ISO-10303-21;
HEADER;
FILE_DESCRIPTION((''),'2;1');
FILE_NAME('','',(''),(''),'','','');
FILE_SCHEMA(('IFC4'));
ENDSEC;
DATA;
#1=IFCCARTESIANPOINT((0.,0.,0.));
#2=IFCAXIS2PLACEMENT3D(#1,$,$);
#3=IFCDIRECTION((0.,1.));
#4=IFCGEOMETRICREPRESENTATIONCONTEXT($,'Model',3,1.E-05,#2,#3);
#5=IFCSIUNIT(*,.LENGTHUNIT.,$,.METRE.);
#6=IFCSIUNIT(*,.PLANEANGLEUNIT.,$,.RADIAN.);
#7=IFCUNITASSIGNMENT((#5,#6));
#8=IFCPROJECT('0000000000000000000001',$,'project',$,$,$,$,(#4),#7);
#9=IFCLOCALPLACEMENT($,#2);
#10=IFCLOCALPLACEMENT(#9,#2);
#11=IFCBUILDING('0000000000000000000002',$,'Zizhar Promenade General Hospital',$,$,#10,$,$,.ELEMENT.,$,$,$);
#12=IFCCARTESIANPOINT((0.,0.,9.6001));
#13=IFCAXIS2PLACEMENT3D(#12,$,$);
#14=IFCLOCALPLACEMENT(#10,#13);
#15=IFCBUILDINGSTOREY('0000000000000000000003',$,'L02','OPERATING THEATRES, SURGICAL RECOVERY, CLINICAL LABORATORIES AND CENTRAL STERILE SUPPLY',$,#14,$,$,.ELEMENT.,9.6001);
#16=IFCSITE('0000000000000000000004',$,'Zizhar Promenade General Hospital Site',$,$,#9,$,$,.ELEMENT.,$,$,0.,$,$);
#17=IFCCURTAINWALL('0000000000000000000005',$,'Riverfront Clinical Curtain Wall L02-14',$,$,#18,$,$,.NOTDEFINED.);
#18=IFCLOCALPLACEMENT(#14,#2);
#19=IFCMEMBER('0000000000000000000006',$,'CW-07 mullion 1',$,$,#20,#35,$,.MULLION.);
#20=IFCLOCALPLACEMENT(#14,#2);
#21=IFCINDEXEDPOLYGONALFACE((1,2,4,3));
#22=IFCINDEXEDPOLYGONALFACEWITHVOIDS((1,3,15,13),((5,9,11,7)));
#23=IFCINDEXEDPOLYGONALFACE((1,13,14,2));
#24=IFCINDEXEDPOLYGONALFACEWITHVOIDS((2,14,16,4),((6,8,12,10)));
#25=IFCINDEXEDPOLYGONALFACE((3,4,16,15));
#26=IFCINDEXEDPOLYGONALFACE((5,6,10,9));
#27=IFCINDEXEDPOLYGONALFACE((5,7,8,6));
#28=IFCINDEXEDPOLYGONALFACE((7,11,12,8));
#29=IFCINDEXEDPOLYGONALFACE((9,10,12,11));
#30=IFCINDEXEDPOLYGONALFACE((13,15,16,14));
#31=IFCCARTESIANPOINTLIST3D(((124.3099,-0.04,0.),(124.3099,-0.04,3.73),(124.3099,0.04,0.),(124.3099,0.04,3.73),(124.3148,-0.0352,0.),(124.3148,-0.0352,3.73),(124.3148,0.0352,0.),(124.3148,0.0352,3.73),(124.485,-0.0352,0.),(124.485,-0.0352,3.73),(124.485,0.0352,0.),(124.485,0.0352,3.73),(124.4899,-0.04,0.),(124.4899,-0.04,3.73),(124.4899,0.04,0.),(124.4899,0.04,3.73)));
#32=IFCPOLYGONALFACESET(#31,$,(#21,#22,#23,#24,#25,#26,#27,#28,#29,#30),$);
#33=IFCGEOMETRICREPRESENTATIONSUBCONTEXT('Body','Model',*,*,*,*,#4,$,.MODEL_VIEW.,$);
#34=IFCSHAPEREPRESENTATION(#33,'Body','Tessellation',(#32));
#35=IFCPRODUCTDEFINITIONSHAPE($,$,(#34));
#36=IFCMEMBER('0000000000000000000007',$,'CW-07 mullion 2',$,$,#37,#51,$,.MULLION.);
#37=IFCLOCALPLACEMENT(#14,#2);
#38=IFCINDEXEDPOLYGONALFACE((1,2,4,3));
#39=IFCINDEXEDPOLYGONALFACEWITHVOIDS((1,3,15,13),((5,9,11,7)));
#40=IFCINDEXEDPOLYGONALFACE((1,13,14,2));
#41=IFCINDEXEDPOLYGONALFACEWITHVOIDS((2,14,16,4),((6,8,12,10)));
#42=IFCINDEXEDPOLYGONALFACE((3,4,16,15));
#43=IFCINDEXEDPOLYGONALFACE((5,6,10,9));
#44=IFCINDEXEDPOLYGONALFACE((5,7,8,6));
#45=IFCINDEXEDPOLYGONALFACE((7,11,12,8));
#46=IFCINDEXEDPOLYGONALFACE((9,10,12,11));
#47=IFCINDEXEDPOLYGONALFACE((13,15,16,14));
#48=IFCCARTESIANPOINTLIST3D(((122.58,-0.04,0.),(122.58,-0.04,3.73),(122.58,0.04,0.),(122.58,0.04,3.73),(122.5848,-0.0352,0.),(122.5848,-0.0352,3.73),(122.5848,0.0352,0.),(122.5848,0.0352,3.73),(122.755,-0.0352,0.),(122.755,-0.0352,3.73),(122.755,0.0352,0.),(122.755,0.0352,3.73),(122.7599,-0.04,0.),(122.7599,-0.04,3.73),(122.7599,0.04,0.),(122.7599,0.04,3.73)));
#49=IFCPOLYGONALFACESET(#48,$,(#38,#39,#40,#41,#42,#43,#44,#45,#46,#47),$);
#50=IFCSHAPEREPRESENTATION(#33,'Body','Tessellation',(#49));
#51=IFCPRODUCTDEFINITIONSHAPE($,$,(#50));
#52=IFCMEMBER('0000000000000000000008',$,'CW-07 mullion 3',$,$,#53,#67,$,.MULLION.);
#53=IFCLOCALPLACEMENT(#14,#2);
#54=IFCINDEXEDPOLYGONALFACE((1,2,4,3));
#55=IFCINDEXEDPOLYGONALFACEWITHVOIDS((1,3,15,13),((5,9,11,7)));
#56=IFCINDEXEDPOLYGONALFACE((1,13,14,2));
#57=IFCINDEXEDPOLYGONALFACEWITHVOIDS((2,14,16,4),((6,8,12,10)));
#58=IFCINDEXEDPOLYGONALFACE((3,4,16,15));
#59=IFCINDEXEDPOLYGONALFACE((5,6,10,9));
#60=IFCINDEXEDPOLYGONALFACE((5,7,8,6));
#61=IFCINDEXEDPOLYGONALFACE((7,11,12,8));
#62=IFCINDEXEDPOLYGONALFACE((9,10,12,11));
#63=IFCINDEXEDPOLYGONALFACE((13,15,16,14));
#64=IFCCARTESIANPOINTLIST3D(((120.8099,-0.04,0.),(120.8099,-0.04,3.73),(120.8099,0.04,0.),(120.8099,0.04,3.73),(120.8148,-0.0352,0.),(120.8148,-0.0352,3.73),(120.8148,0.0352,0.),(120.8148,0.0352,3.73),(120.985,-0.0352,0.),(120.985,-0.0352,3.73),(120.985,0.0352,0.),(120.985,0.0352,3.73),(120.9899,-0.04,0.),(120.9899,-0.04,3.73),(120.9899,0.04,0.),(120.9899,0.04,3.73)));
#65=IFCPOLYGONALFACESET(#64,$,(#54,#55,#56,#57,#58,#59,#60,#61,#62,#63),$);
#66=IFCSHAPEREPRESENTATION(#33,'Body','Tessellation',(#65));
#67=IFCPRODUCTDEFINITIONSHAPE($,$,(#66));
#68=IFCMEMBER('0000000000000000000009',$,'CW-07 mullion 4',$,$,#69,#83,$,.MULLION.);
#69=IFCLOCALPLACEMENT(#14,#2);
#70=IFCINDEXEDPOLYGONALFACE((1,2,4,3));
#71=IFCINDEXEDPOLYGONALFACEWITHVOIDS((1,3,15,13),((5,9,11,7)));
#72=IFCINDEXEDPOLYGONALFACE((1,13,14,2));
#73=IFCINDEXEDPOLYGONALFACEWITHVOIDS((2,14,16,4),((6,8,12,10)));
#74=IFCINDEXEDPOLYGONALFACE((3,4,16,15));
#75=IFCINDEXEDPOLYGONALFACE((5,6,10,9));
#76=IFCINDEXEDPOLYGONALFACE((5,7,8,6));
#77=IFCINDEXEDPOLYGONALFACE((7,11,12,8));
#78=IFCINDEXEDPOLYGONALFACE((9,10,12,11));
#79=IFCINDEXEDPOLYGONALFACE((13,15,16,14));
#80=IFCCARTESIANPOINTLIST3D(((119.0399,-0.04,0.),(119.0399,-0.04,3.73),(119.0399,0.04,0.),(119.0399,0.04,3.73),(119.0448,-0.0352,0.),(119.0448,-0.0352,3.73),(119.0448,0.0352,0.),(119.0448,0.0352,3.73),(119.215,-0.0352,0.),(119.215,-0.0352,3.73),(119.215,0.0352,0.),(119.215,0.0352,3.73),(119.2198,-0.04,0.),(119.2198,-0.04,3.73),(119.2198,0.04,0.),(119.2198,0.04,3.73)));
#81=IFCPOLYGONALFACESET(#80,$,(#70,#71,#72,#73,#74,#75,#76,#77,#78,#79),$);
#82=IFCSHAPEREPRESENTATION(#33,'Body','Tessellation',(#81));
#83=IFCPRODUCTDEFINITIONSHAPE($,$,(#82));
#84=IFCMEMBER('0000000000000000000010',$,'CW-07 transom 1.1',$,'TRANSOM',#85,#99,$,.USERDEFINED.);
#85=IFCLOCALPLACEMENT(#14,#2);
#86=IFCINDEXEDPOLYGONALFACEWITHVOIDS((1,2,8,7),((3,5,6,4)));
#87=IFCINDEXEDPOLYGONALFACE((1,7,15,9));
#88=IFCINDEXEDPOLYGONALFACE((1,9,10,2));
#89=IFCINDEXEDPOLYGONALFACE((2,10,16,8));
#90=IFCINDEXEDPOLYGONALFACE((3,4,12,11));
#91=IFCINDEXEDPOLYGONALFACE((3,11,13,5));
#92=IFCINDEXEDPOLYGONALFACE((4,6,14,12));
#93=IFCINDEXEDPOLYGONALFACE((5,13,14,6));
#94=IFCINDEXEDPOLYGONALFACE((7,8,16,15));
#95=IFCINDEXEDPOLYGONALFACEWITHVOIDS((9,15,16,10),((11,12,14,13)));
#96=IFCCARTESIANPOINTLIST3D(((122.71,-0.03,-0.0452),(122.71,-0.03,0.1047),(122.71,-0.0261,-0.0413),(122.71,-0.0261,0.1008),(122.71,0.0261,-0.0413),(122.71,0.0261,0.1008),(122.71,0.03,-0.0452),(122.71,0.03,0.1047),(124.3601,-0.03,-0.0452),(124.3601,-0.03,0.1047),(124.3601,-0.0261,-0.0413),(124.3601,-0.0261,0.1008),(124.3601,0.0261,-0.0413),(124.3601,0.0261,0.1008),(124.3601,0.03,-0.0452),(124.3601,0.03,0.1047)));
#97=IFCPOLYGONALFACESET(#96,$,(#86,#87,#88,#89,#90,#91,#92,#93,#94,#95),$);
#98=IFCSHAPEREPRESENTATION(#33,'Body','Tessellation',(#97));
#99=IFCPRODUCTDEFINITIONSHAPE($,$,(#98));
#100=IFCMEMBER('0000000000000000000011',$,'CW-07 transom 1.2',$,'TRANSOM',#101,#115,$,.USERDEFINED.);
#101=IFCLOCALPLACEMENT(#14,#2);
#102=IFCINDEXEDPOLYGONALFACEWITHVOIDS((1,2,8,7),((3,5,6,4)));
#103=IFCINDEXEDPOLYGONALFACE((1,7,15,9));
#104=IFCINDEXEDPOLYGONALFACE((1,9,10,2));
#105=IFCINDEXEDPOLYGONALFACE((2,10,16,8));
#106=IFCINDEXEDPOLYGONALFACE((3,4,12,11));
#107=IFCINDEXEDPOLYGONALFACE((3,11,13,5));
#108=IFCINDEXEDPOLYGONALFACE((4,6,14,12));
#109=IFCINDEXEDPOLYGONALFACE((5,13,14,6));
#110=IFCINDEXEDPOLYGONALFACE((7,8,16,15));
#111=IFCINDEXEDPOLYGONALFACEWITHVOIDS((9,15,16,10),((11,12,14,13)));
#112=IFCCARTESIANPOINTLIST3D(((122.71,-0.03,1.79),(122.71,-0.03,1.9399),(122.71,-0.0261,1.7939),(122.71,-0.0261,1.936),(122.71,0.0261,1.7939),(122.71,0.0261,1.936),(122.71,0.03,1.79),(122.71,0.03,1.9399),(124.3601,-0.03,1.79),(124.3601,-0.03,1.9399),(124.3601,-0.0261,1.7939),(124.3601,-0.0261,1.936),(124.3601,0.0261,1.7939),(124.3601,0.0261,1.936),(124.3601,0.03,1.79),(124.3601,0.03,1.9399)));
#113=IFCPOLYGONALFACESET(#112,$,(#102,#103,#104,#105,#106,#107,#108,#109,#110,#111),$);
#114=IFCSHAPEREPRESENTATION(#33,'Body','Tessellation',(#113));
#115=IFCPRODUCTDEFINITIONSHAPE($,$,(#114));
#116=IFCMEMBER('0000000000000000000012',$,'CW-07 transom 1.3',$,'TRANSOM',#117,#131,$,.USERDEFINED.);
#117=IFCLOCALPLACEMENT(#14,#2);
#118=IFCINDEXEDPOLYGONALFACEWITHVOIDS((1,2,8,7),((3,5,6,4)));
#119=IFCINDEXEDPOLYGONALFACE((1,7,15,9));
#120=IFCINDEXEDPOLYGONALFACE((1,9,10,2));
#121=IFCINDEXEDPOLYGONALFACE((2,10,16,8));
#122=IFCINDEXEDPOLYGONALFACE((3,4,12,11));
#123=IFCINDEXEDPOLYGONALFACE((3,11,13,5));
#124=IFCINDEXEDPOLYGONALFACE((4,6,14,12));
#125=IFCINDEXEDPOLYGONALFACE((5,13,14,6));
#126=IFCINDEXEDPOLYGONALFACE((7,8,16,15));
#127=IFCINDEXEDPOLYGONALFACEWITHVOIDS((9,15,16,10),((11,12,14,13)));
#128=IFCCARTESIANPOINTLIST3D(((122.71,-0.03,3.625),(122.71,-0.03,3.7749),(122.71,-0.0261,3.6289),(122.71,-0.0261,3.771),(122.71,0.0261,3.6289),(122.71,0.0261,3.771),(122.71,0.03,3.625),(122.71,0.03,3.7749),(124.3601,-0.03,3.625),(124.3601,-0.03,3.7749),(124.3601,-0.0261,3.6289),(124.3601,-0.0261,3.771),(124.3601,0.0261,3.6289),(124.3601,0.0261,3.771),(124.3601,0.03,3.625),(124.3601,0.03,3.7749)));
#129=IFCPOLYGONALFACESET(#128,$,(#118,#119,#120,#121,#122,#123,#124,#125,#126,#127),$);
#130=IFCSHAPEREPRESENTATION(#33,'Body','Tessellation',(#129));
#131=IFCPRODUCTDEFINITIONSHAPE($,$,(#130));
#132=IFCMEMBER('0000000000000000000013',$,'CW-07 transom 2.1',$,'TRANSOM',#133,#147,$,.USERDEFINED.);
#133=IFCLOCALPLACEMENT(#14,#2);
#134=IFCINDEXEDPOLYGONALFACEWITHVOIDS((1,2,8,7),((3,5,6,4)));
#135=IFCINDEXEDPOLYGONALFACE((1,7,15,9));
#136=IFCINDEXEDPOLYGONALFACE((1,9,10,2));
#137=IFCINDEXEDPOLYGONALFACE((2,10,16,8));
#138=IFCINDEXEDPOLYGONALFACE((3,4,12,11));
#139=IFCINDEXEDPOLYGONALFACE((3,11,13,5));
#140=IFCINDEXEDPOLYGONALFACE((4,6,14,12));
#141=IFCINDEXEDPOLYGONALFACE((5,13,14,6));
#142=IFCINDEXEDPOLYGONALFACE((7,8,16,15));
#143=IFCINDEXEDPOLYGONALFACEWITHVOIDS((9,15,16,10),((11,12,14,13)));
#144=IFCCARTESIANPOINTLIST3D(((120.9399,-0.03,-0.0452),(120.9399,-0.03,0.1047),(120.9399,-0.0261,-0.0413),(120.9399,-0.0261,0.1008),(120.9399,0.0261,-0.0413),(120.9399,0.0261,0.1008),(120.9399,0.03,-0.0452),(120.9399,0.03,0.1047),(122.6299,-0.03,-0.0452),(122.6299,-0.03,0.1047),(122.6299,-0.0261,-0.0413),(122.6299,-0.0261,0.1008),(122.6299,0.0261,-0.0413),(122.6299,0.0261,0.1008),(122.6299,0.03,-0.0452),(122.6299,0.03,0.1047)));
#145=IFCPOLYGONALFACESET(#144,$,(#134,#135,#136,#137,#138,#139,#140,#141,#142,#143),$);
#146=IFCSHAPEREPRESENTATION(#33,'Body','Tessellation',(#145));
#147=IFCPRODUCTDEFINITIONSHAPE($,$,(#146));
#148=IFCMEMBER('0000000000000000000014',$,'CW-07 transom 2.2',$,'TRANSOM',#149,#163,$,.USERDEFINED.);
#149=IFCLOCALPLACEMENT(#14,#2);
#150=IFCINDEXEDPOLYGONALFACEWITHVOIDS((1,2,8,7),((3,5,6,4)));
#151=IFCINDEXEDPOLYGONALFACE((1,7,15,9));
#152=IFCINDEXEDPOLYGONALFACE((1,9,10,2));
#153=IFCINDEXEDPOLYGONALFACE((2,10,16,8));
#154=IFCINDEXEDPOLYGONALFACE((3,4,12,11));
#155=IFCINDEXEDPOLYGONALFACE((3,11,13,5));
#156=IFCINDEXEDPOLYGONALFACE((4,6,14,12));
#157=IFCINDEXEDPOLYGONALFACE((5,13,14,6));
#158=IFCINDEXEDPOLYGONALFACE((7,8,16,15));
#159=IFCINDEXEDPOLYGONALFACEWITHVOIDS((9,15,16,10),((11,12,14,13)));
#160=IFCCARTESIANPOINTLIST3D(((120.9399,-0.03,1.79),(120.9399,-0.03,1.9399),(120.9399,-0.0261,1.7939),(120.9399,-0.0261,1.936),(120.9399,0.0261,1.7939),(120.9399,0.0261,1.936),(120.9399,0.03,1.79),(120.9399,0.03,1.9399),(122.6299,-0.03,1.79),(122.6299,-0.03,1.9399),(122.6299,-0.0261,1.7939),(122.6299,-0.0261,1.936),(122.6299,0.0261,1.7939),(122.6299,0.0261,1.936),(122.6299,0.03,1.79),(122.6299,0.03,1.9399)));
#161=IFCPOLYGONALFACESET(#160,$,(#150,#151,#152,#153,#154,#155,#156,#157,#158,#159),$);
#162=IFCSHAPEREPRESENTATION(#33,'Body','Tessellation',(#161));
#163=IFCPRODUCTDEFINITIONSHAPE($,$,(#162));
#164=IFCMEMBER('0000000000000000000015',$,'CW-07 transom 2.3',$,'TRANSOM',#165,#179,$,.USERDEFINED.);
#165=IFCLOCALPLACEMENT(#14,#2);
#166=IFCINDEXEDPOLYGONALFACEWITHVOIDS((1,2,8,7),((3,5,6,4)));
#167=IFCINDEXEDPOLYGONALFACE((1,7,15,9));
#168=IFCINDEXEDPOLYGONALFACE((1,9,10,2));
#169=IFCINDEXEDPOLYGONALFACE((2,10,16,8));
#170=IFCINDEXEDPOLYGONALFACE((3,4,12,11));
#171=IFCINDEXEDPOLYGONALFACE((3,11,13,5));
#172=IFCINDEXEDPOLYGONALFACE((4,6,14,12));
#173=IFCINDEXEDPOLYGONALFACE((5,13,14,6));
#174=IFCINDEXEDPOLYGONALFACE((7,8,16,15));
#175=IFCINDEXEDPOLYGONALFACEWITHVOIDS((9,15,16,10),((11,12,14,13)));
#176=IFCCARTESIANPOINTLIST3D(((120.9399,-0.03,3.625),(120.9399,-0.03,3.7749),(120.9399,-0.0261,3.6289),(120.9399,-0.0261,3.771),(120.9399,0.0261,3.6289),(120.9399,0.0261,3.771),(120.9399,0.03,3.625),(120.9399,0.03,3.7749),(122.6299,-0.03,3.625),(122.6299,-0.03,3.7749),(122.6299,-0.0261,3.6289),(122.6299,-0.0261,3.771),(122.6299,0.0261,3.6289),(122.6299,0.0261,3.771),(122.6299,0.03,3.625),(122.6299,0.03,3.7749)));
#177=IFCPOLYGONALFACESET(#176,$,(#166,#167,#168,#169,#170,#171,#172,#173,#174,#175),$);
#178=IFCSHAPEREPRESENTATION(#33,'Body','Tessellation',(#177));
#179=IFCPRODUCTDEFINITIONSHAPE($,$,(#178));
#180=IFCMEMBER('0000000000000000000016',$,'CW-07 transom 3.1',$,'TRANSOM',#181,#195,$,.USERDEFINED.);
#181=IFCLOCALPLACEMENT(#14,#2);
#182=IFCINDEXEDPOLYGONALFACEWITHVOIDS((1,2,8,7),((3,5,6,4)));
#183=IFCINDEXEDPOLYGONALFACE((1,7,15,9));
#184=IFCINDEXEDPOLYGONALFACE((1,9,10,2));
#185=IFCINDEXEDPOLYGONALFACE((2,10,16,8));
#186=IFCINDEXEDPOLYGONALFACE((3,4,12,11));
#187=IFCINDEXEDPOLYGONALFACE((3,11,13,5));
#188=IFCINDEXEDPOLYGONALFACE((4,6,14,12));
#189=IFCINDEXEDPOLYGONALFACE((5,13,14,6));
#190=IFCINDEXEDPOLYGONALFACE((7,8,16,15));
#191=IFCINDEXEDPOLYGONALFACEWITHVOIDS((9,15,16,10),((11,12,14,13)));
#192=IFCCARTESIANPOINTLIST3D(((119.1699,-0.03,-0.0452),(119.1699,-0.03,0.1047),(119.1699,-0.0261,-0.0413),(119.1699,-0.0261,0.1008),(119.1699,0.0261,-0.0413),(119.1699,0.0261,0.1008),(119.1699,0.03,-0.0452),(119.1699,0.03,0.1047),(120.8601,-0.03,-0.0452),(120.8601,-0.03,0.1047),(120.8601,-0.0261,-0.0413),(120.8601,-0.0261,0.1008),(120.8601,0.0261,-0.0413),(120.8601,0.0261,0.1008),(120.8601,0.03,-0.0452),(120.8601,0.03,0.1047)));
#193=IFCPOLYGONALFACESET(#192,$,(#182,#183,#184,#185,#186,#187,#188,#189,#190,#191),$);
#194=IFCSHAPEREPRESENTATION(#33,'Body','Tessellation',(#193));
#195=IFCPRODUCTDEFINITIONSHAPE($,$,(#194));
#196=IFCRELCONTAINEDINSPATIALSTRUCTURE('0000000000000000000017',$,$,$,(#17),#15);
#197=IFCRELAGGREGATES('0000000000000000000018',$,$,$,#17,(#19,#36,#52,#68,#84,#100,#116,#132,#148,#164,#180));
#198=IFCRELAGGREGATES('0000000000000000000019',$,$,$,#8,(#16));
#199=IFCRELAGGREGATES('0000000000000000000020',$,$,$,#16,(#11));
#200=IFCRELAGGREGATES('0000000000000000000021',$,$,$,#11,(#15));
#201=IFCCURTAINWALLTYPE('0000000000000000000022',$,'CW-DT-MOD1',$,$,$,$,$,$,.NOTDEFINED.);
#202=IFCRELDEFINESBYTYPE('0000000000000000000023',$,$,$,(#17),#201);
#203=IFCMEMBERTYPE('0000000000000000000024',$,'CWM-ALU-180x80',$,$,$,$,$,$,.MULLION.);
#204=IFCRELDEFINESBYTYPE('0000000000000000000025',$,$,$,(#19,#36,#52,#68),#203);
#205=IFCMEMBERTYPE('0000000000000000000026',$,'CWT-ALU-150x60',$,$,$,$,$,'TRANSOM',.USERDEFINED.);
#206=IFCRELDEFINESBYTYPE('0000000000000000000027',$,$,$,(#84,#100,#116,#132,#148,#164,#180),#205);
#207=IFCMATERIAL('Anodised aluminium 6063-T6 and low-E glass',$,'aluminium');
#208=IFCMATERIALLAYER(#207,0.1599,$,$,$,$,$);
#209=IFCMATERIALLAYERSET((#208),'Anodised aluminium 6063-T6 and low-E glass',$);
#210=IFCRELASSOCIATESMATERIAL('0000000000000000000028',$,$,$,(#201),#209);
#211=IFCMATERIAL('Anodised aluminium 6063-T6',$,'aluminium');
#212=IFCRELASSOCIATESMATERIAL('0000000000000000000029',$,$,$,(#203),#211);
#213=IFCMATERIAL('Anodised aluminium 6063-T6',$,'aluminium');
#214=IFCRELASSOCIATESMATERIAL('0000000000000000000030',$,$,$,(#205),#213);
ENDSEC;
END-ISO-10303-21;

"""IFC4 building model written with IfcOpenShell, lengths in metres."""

from ifc_helpers import new_model, si_unit, direction, frame, origin, origin_2d, place, context, subcontext, project, spatial, hollow_rectangle, extrude, material, layer, layer_set, material_profile, profile_set, type_object, element, aggregate, save


model = new_model("IFC4")

# Units and contexts
model_context = context("Model", 3, precision=1e-05, world=origin(), true_north=direction((0.0, 1.0)))
body_context = subcontext(model_context, "Body", "Model", "MODEL_VIEW")
ifc_project = project(units=[si_unit("LENGTHUNIT", "METRE"), si_unit("PLANEANGLEUNIT", "RADIAN")], contexts=[model_context])

# Site, building, storey
site_placement = place(None, origin())
site = spatial("IfcSite", under=ifc_project, at=site_placement, Name="Zizhar Promenade General Hospital Site", CompositionType="ELEMENT", RefElevation=0.0)
building_placement = place(site_placement, origin())
building = spatial("IfcBuilding", under=site, at=building_placement, Name="Zizhar Promenade General Hospital", CompositionType="ELEMENT")
storey_placement = place(building_placement, frame((0.0, 0.0, 9.6001)))
storey = spatial("IfcBuildingStorey", under=building, at=storey_placement, Name="L02", Description="OPERATING THEATRES, SURGICAL RECOVERY, CLINICAL LABORATORIES AND CENTRAL STERILE SUPPLY", CompositionType="ELEMENT", Elevation=9.6001)

# Curtain wall, members
ifc_material_1 = material(Name="Anodised aluminium 6063-T6 and low-E glass", Category="aluminium")
ifc_layer_1 = layer(ifc_material_1, 0.1599)
ifc_layer_set_1 = layer_set([ifc_layer_1], Name="Anodised aluminium 6063-T6 and low-E glass")
curtain_wall_type = type_object("IfcCurtainWallType", Name="CW-DT-MOD1", PredefinedType="NOTDEFINED", material=ifc_layer_set_1)
curtain_wall_placement = place(storey_placement, origin())
curtain_wall = element("IfcCurtainWall", 1, at=curtain_wall_placement, inside=storey, type_object=curtain_wall_type, Name="Riverfront Clinical Curtain Wall L02-14", PredefinedType="NOTDEFINED")
ifc_material_2 = material(Name="Anodised aluminium 6063-T6", Category="aluminium")
ifc_material_profile_1 = material_profile(ifc_material_2, hollow_rectangle(XDim=0.0801, YDim=0.1799, WallThickness=0.0049, at=origin_2d()))
ifc_profile_set_1 = profile_set([ifc_material_profile_1], Name="Anodised aluminium 6063-T6")
member_type_1 = type_object("IfcMemberType", Name="CWM-ALU-180x80", PredefinedType="MULLION", material=ifc_profile_set_1)
member_1_placement = place(storey_placement, frame((124.3999, 0.0, 0.0), z_axis=(0.0, 0.0, 1.0), x_axis=(0.0, -1.0, 0.0)))
member_1 = element("IfcMember", 2, at=member_1_placement, type_object=member_type_1, Name="CW-07 mullion 1", PredefinedType="MULLION", context=body_context, shape_type="SweptSolid", body=[
    extrude(hollow_rectangle(XDim=0.0801, YDim=0.1799, WallThickness=0.0049, at=origin_2d()), origin(), (0.0, 0.0, 1.0), 3.73),
])
member_2_placement = place(storey_placement, frame((122.6699, 0.0, 0.0), z_axis=(0.0, 0.0, 1.0), x_axis=(0.0, -1.0, 0.0)))
member_2 = element("IfcMember", 3, at=member_2_placement, type_object=member_type_1, Name="CW-07 mullion 2", PredefinedType="MULLION", context=body_context, shape_type="SweptSolid", body=[
    extrude(hollow_rectangle(XDim=0.0801, YDim=0.1799, WallThickness=0.0049, at=origin_2d()), origin(), (0.0, 0.0, 1.0), 3.73),
])
member_3_placement = place(storey_placement, frame((120.8999, 0.0, 0.0), z_axis=(0.0, 0.0, 1.0), x_axis=(0.0, -1.0, 0.0)))
member_3 = element("IfcMember", 4, at=member_3_placement, type_object=member_type_1, Name="CW-07 mullion 3", PredefinedType="MULLION", context=body_context, shape_type="SweptSolid", body=[
    extrude(hollow_rectangle(XDim=0.0801, YDim=0.1799, WallThickness=0.0049, at=origin_2d()), origin(), (0.0, 0.0, 1.0), 3.73),
])
member_4_placement = place(storey_placement, frame((119.1299, 0.0, 0.0), z_axis=(0.0, 0.0, 1.0), x_axis=(0.0, -1.0, 0.0)))
member_4 = element("IfcMember", 5, at=member_4_placement, type_object=member_type_1, Name="CW-07 mullion 4", PredefinedType="MULLION", context=body_context, shape_type="SweptSolid", body=[
    extrude(hollow_rectangle(XDim=0.0801, YDim=0.1799, WallThickness=0.0049, at=origin_2d()), origin(), (0.0, 0.0, 1.0), 3.73),
])
ifc_material_3 = material(Name="Anodised aluminium 6063-T6", Category="aluminium")
ifc_material_profile_2 = material_profile(ifc_material_3, hollow_rectangle(XDim=0.0601, YDim=0.1499, WallThickness=0.0039, at=origin_2d()))
ifc_profile_set_2 = profile_set([ifc_material_profile_2], Name="Anodised aluminium 6063-T6")
member_type_2 = type_object("IfcMemberType", Name="CWT-ALU-150x60", ElementType="TRANSOM", PredefinedType="USERDEFINED", material=ifc_profile_set_2)
member_5_placement = place(storey_placement, frame((124.3601, 0.0, 0.0298), z_axis=(-1.0, 0.0, 0.0), x_axis=(0.0, -1.0, 0.0)))
member_5 = element("IfcMember", 6, at=member_5_placement, type_object=member_type_2, Name="CW-07 transom 1.1", ObjectType="TRANSOM", PredefinedType="USERDEFINED", context=body_context, shape_type="SweptSolid", body=[
    extrude(hollow_rectangle(XDim=0.0601, YDim=0.1499, WallThickness=0.0039, at=origin_2d()), origin(), (0.0, 0.0, 1.0), 1.6501),
])
member_6_placement = place(storey_placement, frame((124.3601, 0.0, 1.865), z_axis=(-1.0, 0.0, 0.0), x_axis=(0.0, -1.0, 0.0)))
member_6 = element("IfcMember", 7, at=member_6_placement, type_object=member_type_2, Name="CW-07 transom 1.2", ObjectType="TRANSOM", PredefinedType="USERDEFINED", context=body_context, shape_type="SweptSolid", body=[
    extrude(hollow_rectangle(XDim=0.0601, YDim=0.1499, WallThickness=0.0039, at=origin_2d()), origin(), (0.0, 0.0, 1.0), 1.6501),
])
member_7_placement = place(storey_placement, frame((124.3601, 0.0, 3.7), z_axis=(-1.0, 0.0, 0.0), x_axis=(0.0, -1.0, 0.0)))
member_7 = element("IfcMember", 8, at=member_7_placement, type_object=member_type_2, Name="CW-07 transom 1.3", ObjectType="TRANSOM", PredefinedType="USERDEFINED", context=body_context, shape_type="SweptSolid", body=[
    extrude(hollow_rectangle(XDim=0.0601, YDim=0.1499, WallThickness=0.0039, at=origin_2d()), origin(), (0.0, 0.0, 1.0), 1.6501),
])
member_8_placement = place(storey_placement, frame((122.6299, 0.0, 0.0298), z_axis=(-1.0, 0.0, 0.0), x_axis=(0.0, -1.0, 0.0)))
member_8 = element("IfcMember", 9, at=member_8_placement, type_object=member_type_2, Name="CW-07 transom 2.1", ObjectType="TRANSOM", PredefinedType="USERDEFINED", context=body_context, shape_type="SweptSolid", body=[
    extrude(hollow_rectangle(XDim=0.0601, YDim=0.1499, WallThickness=0.0039, at=origin_2d()), origin(), (0.0, 0.0, 1.0), 1.6899),
])
member_9_placement = place(storey_placement, frame((122.6299, 0.0, 1.865), z_axis=(-1.0, 0.0, 0.0), x_axis=(0.0, -1.0, 0.0)))
member_9 = element("IfcMember", 10, at=member_9_placement, type_object=member_type_2, Name="CW-07 transom 2.2", ObjectType="TRANSOM", PredefinedType="USERDEFINED", context=body_context, shape_type="SweptSolid", body=[
    extrude(hollow_rectangle(XDim=0.0601, YDim=0.1499, WallThickness=0.0039, at=origin_2d()), origin(), (0.0, 0.0, 1.0), 1.6899),
])
member_10_placement = place(storey_placement, frame((122.6299, 0.0, 3.7), z_axis=(-1.0, 0.0, 0.0), x_axis=(0.0, -1.0, 0.0)))
member_10 = element("IfcMember", 11, at=member_10_placement, type_object=member_type_2, Name="CW-07 transom 2.3", ObjectType="TRANSOM", PredefinedType="USERDEFINED", context=body_context, shape_type="SweptSolid", body=[
    extrude(hollow_rectangle(XDim=0.0601, YDim=0.1499, WallThickness=0.0039, at=origin_2d()), origin(), (0.0, 0.0, 1.0), 1.6899),
])
member_11_placement = place(storey_placement, frame((120.8601, 0.0, 0.0298), z_axis=(-1.0, 0.0, 0.0), x_axis=(0.0, -1.0, 0.0)))
member_11 = element("IfcMember", 12, at=member_11_placement, type_object=member_type_2, Name="CW-07 transom 3.1", ObjectType="TRANSOM", PredefinedType="USERDEFINED", context=body_context, shape_type="SweptSolid", body=[
    extrude(hollow_rectangle(XDim=0.0601, YDim=0.1499, WallThickness=0.0039, at=origin_2d()), origin(), (0.0, 0.0, 1.0), 1.6902),
])
aggregate(curtain_wall, [member_1, member_2, member_3, member_4, member_5, member_6, member_7, member_8, member_9, member_10, member_11])

save(model, "model.ifc")
